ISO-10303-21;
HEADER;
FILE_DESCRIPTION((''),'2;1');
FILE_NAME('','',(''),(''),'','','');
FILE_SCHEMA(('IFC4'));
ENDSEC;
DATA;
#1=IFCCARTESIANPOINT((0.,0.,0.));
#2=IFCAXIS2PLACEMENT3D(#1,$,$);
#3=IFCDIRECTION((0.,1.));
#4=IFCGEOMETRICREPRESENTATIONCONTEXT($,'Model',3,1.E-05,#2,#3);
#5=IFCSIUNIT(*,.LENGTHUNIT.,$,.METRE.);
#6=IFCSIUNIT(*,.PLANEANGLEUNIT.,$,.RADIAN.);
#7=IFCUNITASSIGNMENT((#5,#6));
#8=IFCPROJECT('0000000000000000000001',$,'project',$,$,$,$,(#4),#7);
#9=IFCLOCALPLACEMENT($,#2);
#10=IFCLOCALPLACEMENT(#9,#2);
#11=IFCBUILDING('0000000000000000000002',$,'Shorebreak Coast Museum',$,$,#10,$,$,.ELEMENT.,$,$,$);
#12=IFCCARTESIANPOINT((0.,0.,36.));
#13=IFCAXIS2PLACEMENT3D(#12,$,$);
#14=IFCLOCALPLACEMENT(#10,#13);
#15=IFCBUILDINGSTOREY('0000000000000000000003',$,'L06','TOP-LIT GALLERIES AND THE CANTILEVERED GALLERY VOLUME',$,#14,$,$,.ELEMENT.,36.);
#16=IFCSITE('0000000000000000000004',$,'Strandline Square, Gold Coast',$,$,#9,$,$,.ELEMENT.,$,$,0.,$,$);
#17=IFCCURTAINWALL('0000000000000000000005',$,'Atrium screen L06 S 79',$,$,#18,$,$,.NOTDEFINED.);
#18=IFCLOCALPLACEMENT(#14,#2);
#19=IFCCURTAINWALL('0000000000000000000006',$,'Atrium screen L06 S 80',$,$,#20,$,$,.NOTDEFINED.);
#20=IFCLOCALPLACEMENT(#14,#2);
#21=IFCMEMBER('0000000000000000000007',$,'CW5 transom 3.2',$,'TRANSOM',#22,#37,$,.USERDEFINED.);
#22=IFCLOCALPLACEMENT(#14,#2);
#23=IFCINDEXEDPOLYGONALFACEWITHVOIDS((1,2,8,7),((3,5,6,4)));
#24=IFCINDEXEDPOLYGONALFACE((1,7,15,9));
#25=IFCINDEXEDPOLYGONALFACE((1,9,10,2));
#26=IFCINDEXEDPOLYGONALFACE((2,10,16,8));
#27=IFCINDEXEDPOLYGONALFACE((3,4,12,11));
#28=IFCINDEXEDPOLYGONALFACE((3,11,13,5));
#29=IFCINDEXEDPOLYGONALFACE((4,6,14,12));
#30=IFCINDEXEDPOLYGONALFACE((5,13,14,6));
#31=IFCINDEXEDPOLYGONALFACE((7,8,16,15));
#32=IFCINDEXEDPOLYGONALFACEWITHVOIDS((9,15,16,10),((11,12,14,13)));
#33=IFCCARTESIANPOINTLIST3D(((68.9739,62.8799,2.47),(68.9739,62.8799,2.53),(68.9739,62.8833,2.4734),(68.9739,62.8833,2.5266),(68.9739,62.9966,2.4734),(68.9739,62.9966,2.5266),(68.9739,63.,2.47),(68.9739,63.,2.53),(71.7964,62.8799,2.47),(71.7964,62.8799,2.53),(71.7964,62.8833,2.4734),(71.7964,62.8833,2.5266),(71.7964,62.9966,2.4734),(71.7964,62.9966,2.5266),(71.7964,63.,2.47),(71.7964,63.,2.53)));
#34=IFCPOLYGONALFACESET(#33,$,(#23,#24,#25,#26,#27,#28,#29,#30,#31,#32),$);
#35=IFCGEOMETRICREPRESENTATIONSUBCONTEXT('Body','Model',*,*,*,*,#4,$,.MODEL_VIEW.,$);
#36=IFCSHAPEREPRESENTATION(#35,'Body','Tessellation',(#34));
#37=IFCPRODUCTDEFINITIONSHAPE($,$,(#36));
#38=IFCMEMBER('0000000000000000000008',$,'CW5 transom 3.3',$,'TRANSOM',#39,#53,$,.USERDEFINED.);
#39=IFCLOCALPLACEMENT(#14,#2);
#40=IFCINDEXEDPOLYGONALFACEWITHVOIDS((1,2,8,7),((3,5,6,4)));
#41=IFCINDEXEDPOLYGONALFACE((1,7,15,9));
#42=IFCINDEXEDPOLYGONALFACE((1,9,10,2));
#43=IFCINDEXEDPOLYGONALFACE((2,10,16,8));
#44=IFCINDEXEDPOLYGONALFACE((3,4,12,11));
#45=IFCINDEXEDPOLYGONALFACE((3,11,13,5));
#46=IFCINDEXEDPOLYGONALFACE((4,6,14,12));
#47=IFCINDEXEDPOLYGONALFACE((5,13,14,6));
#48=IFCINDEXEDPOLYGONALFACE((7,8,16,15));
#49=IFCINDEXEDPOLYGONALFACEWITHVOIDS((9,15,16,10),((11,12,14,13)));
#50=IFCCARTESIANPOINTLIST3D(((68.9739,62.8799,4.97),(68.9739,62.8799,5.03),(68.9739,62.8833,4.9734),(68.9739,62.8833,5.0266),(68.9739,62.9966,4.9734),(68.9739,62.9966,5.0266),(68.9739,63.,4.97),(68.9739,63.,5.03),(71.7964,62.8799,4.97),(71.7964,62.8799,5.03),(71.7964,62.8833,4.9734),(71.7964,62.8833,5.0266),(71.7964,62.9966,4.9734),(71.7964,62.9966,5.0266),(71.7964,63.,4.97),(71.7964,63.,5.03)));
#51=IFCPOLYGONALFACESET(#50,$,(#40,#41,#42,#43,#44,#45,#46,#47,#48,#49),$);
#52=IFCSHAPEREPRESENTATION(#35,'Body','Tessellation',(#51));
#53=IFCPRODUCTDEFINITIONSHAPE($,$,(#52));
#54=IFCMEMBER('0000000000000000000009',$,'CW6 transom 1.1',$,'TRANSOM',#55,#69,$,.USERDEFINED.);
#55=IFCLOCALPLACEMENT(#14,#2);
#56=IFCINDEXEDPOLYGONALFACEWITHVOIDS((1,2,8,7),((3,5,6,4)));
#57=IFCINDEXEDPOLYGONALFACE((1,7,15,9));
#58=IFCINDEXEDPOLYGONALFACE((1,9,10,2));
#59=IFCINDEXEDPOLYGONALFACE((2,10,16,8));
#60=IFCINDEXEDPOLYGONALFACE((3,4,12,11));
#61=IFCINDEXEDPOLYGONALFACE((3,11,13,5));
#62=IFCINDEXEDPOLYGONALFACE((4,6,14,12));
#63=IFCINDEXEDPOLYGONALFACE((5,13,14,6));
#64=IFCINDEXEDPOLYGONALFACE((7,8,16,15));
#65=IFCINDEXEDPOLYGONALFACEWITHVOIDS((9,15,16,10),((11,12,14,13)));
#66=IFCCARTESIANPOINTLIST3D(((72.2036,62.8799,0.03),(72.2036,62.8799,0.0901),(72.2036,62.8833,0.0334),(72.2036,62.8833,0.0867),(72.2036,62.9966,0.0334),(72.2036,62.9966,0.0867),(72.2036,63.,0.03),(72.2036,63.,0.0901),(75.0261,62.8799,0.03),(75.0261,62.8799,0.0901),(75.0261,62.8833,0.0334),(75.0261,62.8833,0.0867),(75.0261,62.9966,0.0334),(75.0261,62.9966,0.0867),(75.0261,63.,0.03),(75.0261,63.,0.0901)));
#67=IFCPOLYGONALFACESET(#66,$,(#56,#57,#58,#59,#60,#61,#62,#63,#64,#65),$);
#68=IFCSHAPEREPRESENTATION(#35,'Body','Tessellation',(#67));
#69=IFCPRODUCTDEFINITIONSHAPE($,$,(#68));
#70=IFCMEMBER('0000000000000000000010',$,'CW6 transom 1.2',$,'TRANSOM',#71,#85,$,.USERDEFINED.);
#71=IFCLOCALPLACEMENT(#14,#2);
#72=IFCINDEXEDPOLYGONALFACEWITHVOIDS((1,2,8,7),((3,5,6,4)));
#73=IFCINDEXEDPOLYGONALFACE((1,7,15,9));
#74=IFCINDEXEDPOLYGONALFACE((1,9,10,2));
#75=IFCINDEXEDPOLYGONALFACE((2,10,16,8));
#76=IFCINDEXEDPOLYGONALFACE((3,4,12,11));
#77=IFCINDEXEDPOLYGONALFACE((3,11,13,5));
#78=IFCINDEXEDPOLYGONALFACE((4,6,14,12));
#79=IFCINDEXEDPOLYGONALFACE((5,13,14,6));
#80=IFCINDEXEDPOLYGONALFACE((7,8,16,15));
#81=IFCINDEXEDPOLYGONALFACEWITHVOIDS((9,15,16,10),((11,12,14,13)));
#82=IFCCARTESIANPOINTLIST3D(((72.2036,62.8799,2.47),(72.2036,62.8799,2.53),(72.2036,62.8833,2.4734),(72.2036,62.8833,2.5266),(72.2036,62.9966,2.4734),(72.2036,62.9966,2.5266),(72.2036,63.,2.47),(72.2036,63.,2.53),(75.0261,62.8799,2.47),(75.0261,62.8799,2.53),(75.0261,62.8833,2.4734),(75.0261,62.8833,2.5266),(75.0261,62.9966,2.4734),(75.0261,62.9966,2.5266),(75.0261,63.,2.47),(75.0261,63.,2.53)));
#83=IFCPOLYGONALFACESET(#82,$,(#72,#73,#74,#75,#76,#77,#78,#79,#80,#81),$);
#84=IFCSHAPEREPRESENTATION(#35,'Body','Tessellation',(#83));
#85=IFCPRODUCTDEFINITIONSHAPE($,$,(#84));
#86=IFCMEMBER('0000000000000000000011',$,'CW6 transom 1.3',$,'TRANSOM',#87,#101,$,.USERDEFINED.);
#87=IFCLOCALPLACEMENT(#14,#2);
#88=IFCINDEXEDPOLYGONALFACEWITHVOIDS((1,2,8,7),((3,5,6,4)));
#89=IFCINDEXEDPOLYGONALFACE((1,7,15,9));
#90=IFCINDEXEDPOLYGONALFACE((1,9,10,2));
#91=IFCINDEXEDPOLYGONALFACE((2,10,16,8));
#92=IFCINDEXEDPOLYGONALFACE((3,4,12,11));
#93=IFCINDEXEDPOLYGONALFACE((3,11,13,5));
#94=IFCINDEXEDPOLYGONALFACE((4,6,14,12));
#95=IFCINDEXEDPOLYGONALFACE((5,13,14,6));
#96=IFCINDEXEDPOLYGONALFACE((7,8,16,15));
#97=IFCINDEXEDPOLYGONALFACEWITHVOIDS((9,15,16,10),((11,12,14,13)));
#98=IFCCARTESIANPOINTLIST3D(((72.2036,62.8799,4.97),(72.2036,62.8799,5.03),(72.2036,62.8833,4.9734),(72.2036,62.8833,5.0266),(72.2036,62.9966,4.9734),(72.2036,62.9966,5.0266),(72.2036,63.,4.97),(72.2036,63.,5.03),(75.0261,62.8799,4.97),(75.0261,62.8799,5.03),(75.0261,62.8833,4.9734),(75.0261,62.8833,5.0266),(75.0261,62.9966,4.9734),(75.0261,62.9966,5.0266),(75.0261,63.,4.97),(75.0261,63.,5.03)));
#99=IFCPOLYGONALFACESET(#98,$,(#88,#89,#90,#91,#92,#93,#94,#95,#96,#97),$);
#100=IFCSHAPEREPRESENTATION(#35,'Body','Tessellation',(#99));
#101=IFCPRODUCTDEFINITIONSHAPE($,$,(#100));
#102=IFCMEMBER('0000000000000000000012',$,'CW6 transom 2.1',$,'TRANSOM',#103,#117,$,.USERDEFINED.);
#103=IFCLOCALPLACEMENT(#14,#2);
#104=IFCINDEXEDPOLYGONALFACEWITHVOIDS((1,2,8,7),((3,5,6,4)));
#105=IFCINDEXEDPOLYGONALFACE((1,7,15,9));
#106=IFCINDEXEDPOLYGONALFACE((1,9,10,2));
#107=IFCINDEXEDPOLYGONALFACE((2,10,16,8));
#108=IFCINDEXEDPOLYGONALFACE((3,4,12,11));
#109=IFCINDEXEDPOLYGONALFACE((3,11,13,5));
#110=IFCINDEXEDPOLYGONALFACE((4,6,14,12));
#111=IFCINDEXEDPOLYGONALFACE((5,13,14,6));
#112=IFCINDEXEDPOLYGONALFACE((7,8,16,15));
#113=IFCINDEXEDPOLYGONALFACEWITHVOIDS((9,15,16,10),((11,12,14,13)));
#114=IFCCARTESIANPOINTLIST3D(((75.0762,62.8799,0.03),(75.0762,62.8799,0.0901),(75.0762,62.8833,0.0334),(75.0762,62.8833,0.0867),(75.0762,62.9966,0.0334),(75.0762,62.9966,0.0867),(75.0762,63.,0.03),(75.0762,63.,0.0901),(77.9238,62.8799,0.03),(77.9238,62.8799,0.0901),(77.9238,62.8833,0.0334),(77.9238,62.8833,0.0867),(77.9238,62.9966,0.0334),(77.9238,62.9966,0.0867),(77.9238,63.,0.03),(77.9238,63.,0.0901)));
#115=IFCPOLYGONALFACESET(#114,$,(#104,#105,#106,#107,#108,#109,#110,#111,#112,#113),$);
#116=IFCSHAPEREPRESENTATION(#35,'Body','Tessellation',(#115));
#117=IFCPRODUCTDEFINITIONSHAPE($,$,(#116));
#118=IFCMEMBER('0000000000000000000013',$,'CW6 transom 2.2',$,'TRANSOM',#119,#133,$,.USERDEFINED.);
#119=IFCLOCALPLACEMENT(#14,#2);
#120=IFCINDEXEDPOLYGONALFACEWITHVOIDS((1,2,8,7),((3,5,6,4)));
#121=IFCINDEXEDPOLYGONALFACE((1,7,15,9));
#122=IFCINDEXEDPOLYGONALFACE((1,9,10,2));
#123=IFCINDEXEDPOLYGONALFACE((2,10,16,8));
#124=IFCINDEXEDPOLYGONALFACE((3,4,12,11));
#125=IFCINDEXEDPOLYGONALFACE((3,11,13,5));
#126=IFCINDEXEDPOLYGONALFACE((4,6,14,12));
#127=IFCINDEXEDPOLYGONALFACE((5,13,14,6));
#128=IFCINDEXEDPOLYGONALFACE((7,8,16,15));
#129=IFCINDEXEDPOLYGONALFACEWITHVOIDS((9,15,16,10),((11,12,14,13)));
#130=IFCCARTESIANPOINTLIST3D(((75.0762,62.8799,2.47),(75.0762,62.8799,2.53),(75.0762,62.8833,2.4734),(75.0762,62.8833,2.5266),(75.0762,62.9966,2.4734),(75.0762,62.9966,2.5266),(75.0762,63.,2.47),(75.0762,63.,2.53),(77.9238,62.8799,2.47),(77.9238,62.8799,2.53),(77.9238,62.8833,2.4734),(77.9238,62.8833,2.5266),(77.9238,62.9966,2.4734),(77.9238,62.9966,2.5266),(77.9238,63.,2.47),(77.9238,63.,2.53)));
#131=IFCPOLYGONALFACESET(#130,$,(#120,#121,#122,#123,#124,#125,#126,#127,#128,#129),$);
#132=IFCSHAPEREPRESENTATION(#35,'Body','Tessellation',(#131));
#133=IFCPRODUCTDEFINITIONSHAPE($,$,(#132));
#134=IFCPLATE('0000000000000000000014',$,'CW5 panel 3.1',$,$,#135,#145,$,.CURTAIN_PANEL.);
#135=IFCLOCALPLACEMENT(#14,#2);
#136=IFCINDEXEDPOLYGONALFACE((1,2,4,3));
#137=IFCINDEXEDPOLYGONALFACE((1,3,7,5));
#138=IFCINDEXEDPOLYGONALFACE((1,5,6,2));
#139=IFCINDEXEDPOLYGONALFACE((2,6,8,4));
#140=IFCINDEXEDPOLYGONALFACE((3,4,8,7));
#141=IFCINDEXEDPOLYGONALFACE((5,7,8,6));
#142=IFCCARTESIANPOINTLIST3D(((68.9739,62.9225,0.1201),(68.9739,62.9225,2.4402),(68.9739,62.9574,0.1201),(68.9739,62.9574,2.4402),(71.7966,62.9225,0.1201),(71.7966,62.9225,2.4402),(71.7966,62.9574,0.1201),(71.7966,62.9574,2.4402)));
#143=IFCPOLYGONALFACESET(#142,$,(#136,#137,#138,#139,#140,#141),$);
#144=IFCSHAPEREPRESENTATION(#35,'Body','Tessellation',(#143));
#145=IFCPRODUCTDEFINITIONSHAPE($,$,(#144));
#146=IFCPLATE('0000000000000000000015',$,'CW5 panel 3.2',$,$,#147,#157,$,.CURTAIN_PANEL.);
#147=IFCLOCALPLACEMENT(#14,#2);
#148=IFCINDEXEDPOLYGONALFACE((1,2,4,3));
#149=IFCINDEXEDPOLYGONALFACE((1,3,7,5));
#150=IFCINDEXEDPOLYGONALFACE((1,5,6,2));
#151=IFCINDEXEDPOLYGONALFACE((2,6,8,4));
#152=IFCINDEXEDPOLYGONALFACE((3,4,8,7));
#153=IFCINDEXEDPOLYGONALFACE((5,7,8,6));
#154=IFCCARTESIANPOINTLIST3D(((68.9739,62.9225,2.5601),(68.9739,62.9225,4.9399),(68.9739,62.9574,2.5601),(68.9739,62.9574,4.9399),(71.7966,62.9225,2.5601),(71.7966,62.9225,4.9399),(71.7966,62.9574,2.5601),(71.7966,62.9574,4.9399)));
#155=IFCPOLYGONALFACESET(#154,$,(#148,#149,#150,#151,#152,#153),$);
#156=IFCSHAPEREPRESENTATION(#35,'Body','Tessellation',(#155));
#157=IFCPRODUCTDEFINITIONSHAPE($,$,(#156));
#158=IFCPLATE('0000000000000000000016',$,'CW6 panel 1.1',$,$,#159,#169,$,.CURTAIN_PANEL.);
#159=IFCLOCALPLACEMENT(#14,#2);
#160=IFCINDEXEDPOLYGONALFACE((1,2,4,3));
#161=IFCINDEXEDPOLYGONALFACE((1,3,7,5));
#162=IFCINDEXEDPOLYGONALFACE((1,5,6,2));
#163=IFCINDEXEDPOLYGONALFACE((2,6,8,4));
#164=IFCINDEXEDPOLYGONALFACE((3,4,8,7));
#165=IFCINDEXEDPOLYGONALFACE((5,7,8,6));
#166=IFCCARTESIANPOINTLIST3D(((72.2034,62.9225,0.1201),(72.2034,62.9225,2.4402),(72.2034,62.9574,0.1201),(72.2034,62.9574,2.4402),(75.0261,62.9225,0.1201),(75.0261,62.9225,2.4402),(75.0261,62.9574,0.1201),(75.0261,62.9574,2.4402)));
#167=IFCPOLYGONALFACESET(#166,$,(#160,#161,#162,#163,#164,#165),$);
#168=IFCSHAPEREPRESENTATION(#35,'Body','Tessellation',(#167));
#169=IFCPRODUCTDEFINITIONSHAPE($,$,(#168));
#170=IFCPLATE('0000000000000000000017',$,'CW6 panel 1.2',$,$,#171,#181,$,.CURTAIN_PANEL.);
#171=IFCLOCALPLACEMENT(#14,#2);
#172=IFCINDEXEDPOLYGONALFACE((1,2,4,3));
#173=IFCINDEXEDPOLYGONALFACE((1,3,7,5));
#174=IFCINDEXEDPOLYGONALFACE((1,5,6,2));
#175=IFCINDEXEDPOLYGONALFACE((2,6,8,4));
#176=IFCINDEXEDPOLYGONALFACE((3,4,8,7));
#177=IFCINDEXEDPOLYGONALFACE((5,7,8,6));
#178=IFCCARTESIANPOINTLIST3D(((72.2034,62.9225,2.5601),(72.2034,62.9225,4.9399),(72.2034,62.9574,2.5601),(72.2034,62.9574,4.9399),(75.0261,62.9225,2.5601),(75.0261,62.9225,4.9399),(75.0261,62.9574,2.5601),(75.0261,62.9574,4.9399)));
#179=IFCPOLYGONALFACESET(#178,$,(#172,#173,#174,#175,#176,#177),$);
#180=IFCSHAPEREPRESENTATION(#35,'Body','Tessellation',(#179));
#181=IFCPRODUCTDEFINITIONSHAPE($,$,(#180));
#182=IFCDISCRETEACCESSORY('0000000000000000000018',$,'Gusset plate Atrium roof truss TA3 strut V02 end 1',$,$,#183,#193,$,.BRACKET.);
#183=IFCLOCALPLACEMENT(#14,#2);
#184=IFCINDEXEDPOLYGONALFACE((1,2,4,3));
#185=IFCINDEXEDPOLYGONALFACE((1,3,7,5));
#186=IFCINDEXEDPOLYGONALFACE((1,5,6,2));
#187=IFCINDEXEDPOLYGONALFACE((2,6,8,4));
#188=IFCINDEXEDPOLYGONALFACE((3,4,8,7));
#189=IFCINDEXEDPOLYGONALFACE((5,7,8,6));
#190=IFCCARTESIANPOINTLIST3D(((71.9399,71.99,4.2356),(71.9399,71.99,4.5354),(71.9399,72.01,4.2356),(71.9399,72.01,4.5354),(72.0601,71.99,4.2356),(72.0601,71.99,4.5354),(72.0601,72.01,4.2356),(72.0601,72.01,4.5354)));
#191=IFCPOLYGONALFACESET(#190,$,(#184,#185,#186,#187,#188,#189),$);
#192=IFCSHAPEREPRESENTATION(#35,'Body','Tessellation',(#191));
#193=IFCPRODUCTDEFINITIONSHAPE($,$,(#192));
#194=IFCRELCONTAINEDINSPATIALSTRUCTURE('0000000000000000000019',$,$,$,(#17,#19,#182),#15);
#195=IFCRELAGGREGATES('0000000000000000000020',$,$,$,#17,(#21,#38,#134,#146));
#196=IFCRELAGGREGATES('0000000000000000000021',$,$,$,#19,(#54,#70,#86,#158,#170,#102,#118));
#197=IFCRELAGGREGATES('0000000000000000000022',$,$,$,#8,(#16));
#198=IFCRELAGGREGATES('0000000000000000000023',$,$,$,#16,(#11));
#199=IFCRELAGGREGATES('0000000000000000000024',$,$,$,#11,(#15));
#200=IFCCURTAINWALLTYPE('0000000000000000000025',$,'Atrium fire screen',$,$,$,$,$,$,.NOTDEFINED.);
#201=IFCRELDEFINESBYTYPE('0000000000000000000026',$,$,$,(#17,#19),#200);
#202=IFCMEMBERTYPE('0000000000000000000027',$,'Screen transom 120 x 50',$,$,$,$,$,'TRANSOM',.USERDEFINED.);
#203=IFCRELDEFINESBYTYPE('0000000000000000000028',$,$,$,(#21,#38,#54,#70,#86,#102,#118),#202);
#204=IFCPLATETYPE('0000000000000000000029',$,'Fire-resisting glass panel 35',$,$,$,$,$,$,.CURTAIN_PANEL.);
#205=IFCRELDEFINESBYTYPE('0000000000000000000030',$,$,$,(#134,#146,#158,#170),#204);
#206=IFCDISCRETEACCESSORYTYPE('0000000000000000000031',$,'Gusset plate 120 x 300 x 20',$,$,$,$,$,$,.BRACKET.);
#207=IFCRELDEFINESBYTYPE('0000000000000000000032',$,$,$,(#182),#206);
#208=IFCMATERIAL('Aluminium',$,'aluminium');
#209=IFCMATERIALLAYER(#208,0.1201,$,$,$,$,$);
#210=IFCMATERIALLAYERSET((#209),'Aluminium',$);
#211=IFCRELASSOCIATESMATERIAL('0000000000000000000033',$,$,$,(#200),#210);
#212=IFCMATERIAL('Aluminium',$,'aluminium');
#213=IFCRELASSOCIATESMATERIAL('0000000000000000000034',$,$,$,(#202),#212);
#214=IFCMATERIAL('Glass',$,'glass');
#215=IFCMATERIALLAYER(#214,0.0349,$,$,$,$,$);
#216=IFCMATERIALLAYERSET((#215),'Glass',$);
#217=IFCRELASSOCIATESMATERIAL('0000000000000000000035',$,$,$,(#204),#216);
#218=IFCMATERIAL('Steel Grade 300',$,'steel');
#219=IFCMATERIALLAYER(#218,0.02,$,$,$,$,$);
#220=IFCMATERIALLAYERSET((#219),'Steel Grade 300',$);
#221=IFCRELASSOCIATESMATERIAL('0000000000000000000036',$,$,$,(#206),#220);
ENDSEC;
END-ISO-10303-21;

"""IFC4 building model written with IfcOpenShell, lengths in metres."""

from ifc_helpers import new_model, si_unit, direction, frame, origin, origin_2d, place, context, subcontext, project, spatial, polyline, rectangle, hollow_rectangle, outline, extrude, material, layer, layer_set, material_profile, profile_set, type_object, element, aggregate, save


model = new_model("IFC4")

# Units and contexts
model_context = context("Model", 3, precision=1e-05, world=origin(), true_north=direction((0.0, 1.0)))
body_context = subcontext(model_context, "Body", "Model", "MODEL_VIEW")
ifc_project = project(units=[si_unit("LENGTHUNIT", "METRE"), si_unit("PLANEANGLEUNIT", "RADIAN")], contexts=[model_context])

# Site, building, storey
site_placement = place(None, origin())
site = spatial("IfcSite", under=ifc_project, at=site_placement, Name="Strandline Square, Gold Coast", CompositionType="ELEMENT", RefElevation=0.0)
building_placement = place(site_placement, origin())
building = spatial("IfcBuilding", under=site, at=building_placement, Name="Shorebreak Coast Museum", CompositionType="ELEMENT")
storey_placement = place(building_placement, frame((0.0, 0.0, 36.0)))
storey = spatial("IfcBuildingStorey", under=building, at=storey_placement, Name="L06", Description="TOP-LIT GALLERIES AND THE CANTILEVERED GALLERY VOLUME", CompositionType="ELEMENT", Elevation=36.0)

# Curtain walls
ifc_material_1 = material(Name="Aluminium", Category="aluminium")
ifc_layer_1 = layer(ifc_material_1, 0.1201)
ifc_layer_set_1 = layer_set([ifc_layer_1], Name="Aluminium")
curtain_wall_type = type_object("IfcCurtainWallType", Name="Atrium fire screen", PredefinedType="NOTDEFINED", material=ifc_layer_set_1)
curtain_wall_1_placement = place(storey_placement, origin())
curtain_wall_1 = element("IfcCurtainWall", 1, at=curtain_wall_1_placement, inside=storey, type_object=curtain_wall_type, Name="Atrium screen L06 S 79", PredefinedType="NOTDEFINED")
curtain_wall_2_placement = place(storey_placement, origin())
curtain_wall_2 = element("IfcCurtainWall", 2, at=curtain_wall_2_placement, inside=storey, type_object=curtain_wall_type, Name="Atrium screen L06 S 80", PredefinedType="NOTDEFINED")

# Members
ifc_material_2 = material(Name="Aluminium", Category="aluminium")
ifc_material_profile_1 = material_profile(ifc_material_2, hollow_rectangle(XDim=0.1201, YDim=0.0601, WallThickness=0.0034, at=origin_2d()), Name="AL 60x120 RHS")
ifc_profile_set_1 = profile_set([ifc_material_profile_1], Name="Aluminium")
member_type_1 = type_object("IfcMemberType", Name="Screen transom 120 x 50", ElementType="TRANSOM", PredefinedType="USERDEFINED", material=ifc_profile_set_1)
member_1_placement = place(storey_placement, frame((68.9739, 62.9399, 2.5), z_axis=(1.0, 0.0, 0.0), x_axis=(0.0, 1.0, 0.0)))
member_1 = element("IfcMember", 3, at=member_1_placement, type_object=member_type_1, Name="CW5 transom 3.2", ObjectType="TRANSOM", PredefinedType="USERDEFINED", context=body_context, shape_type="SweptSolid", body=[
    extrude(hollow_rectangle(XDim=0.1201, YDim=0.0601, WallThickness=0.0034, at=origin_2d()), origin(), (0.0, 0.0, 1.0), 2.8225),
])
member_2_placement = place(storey_placement, frame((68.9739, 62.9399, 5.0), z_axis=(1.0, 0.0, 0.0), x_axis=(0.0, 1.0, 0.0)))
member_2 = element("IfcMember", 4, at=member_2_placement, type_object=member_type_1, Name="CW5 transom 3.3", ObjectType="TRANSOM", PredefinedType="USERDEFINED", context=body_context, shape_type="SweptSolid", body=[
    extrude(hollow_rectangle(XDim=0.1201, YDim=0.0601, WallThickness=0.0034, at=origin_2d()), origin(), (0.0, 0.0, 1.0), 2.8225),
])
member_3_placement = place(storey_placement, frame((72.2036, 62.9399, 0.0601), z_axis=(1.0, 0.0, 0.0), x_axis=(0.0, 1.0, 0.0)))
member_3 = element("IfcMember", 5, at=member_3_placement, type_object=member_type_1, Name="CW6 transom 1.1", ObjectType="TRANSOM", PredefinedType="USERDEFINED", context=body_context, shape_type="SweptSolid", body=[
    extrude(hollow_rectangle(XDim=0.1201, YDim=0.0601, WallThickness=0.0034, at=origin_2d()), origin(), (0.0, 0.0, 1.0), 2.8225),
])
member_4_placement = place(storey_placement, frame((72.2036, 62.9399, 2.5), z_axis=(1.0, 0.0, 0.0), x_axis=(0.0, 1.0, 0.0)))
member_4 = element("IfcMember", 6, at=member_4_placement, type_object=member_type_1, Name="CW6 transom 1.2", ObjectType="TRANSOM", PredefinedType="USERDEFINED", context=body_context, shape_type="SweptSolid", body=[
    extrude(hollow_rectangle(XDim=0.1201, YDim=0.0601, WallThickness=0.0034, at=origin_2d()), origin(), (0.0, 0.0, 1.0), 2.8225),
])
member_5_placement = place(storey_placement, frame((72.2036, 62.9399, 5.0), z_axis=(1.0, 0.0, 0.0), x_axis=(0.0, 1.0, 0.0)))
member_5 = element("IfcMember", 7, at=member_5_placement, type_object=member_type_1, Name="CW6 transom 1.3", ObjectType="TRANSOM", PredefinedType="USERDEFINED", context=body_context, shape_type="SweptSolid", body=[
    extrude(hollow_rectangle(XDim=0.1201, YDim=0.0601, WallThickness=0.0034, at=origin_2d()), origin(), (0.0, 0.0, 1.0), 2.8225),
])
member_6_placement = place(storey_placement, frame((75.0762, 62.9399, 0.0601), z_axis=(1.0, 0.0, 0.0), x_axis=(0.0, 1.0, 0.0)))
member_6 = element("IfcMember", 8, at=member_6_placement, type_object=member_type_1, Name="CW6 transom 2.1", ObjectType="TRANSOM", PredefinedType="USERDEFINED", context=body_context, shape_type="SweptSolid", body=[
    extrude(hollow_rectangle(XDim=0.1201, YDim=0.0601, WallThickness=0.0034, at=origin_2d()), origin(), (0.0, 0.0, 1.0), 2.8477),
])
member_7_placement = place(storey_placement, frame((75.0762, 62.9399, 2.5), z_axis=(1.0, 0.0, 0.0), x_axis=(0.0, 1.0, 0.0)))
member_7 = element("IfcMember", 9, at=member_7_placement, type_object=member_type_1, Name="CW6 transom 2.2", ObjectType="TRANSOM", PredefinedType="USERDEFINED", context=body_context, shape_type="SweptSolid", body=[
    extrude(hollow_rectangle(XDim=0.1201, YDim=0.0601, WallThickness=0.0034, at=origin_2d()), origin(), (0.0, 0.0, 1.0), 2.8477),
])

# Plates
ifc_material_3 = material(Name="Glass", Category="glass")
ifc_layer_2 = layer(ifc_material_3, 0.0349)
ifc_layer_set_2 = layer_set([ifc_layer_2], Name="Glass")
plate_type = type_object("IfcPlateType", Name="Fire-resisting glass panel 35", PredefinedType="CURTAIN_PANEL", material=ifc_layer_set_2)
plate_1_placement = place(storey_placement, frame((70.3853, 62.9399, 0.1201), z_axis=(0.0, 0.0, 1.0), x_axis=(1.0, 0.0, 0.0)))
plate_1 = element("IfcPlate", 10, at=plate_1_placement, type_object=plate_type, Name="CW5 panel 3.1", PredefinedType="CURTAIN_PANEL", context=body_context, shape_type="SweptSolid", body=[
    extrude(rectangle(XDim=2.8228, YDim=0.0349, at=origin_2d()), origin(), (0.0, 0.0, 1.0), 2.3201),
])
plate_2_placement = place(storey_placement, frame((70.3853, 62.9399, 2.5601), z_axis=(0.0, 0.0, 1.0), x_axis=(1.0, 0.0, 0.0)))
plate_2 = element("IfcPlate", 11, at=plate_2_placement, type_object=plate_type, Name="CW5 panel 3.2", PredefinedType="CURTAIN_PANEL", context=body_context, shape_type="SweptSolid", body=[
    extrude(rectangle(XDim=2.8228, YDim=0.0349, at=origin_2d()), origin(), (0.0, 0.0, 1.0), 2.3799),
])
aggregate(curtain_wall_1, [member_1, member_2, plate_1, plate_2])
plate_3_placement = place(storey_placement, frame((73.6147, 62.9399, 0.1201), z_axis=(0.0, 0.0, 1.0), x_axis=(1.0, 0.0, 0.0)))
plate_3 = element("IfcPlate", 12, at=plate_3_placement, type_object=plate_type, Name="CW6 panel 1.1", PredefinedType="CURTAIN_PANEL", context=body_context, shape_type="SweptSolid", body=[
    extrude(rectangle(XDim=2.8228, YDim=0.0349, at=origin_2d()), origin(), (0.0, 0.0, 1.0), 2.3201),
])
plate_4_placement = place(storey_placement, frame((73.6147, 62.9399, 2.5601), z_axis=(0.0, 0.0, 1.0), x_axis=(1.0, 0.0, 0.0)))
plate_4 = element("IfcPlate", 13, at=plate_4_placement, type_object=plate_type, Name="CW6 panel 1.2", PredefinedType="CURTAIN_PANEL", context=body_context, shape_type="SweptSolid", body=[
    extrude(rectangle(XDim=2.8228, YDim=0.0349, at=origin_2d()), origin(), (0.0, 0.0, 1.0), 2.3799),
])
aggregate(curtain_wall_2, [member_3, member_4, member_5, plate_3, plate_4, member_6, member_7])

# Discrete accessory
ifc_material_4 = material(Name="Steel Grade 300", Category="steel")
ifc_layer_3 = layer(ifc_material_4, 0.02)
ifc_layer_set_3 = layer_set([ifc_layer_3], Name="Steel Grade 300")
discrete_accessory_type_1 = type_object("IfcDiscreteAccessoryType", Name="Gusset plate 120 x 300 x 20", PredefinedType="BRACKET", material=ifc_layer_set_3)
discrete_accessory_1_placement = place(storey_placement, frame((71.9399, 71.99, 4.2356), z_axis=(0.0, -1.0, 0.0), x_axis=(1.0, 0.0, 0.0)))
element("IfcDiscreteAccessory", 14, at=discrete_accessory_1_placement, inside=storey, type_object=discrete_accessory_type_1, Name="Gusset plate Atrium roof truss TA3 strut V02 end 1", PredefinedType="BRACKET", context=body_context, shape_type="SweptSolid", body=[
    extrude(outline(polyline([(0.0, 0.0), (0.1201, 0.0), (0.1201, 0.2998), (0.0, 0.2998), (0.0, 0.0)])), origin(), (0.0, 0.0, -1.0), 0.02),
])

save(model, "model.ifc")
